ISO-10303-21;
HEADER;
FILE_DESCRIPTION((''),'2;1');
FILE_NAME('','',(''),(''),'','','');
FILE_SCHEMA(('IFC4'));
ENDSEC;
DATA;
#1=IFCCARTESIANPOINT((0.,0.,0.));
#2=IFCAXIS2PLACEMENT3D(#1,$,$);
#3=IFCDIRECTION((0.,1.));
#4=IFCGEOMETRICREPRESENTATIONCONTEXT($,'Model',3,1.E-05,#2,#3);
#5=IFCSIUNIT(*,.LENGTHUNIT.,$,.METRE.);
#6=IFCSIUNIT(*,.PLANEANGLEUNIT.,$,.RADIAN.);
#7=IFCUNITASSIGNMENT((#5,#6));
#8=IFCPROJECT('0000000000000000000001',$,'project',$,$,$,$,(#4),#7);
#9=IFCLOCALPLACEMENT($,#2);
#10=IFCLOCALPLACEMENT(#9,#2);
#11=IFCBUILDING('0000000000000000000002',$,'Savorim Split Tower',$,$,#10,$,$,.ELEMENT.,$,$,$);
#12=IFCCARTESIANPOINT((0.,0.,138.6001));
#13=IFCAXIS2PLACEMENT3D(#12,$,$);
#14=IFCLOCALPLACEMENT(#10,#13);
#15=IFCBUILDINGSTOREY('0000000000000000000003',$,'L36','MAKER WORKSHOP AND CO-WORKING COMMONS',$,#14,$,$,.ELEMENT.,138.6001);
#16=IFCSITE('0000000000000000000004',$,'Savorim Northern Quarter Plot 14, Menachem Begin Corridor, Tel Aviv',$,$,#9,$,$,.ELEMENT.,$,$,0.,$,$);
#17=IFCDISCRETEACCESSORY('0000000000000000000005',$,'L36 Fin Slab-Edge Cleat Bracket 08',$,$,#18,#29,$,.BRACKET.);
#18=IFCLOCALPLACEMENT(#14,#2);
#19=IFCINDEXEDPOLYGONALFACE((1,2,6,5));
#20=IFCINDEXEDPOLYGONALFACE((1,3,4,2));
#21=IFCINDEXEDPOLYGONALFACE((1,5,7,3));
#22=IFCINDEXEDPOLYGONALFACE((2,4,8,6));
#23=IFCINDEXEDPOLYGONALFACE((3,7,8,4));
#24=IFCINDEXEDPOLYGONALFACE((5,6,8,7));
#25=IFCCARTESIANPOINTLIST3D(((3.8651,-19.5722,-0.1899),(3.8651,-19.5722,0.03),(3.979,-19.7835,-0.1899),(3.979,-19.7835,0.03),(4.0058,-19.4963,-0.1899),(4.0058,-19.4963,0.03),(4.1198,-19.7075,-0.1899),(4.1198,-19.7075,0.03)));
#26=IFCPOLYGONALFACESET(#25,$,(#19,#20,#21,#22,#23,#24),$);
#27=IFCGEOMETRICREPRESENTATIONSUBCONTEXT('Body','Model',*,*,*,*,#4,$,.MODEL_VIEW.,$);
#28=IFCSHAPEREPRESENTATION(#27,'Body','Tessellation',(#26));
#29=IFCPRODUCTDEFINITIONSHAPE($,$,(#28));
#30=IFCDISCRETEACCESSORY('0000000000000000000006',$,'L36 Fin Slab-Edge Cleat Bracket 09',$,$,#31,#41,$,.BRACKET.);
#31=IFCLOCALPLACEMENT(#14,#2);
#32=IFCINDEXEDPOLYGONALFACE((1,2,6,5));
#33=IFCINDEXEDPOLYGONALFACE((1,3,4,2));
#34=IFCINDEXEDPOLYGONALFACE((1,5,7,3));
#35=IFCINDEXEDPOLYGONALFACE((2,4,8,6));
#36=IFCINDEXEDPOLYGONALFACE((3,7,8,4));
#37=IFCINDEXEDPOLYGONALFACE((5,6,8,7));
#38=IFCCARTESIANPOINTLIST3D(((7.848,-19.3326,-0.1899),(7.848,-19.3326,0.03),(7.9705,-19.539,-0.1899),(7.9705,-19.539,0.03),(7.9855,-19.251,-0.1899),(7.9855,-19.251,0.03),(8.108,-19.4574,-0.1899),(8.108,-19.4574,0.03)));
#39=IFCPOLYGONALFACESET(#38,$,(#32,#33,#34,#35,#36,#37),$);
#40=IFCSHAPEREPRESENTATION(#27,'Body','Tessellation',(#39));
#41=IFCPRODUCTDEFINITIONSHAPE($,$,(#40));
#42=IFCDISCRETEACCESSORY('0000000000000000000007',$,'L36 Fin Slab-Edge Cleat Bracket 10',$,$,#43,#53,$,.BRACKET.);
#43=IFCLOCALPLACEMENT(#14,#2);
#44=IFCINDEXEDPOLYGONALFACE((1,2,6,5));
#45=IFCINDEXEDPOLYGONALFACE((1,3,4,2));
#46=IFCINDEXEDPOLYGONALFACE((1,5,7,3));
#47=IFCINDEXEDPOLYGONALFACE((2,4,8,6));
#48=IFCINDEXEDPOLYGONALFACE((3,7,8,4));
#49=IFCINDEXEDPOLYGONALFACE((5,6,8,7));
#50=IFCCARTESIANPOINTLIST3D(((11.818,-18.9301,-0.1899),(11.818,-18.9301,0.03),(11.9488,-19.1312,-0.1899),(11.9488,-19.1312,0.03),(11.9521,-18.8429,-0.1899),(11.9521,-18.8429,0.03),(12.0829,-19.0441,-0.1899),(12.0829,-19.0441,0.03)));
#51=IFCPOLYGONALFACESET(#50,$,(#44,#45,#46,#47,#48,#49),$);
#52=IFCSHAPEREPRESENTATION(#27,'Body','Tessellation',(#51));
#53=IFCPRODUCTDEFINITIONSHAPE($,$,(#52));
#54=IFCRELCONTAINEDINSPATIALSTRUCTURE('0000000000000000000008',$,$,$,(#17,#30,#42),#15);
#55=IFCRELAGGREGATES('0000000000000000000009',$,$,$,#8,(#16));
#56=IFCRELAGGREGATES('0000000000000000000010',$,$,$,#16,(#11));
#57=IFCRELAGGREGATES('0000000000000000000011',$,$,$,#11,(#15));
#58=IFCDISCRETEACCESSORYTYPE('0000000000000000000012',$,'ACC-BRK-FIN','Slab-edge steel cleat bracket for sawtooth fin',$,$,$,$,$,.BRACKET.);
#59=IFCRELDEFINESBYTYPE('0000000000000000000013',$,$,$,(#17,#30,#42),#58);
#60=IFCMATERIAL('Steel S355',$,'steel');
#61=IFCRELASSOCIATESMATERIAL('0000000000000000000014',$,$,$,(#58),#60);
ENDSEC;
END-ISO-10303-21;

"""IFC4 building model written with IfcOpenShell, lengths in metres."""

from ifc_helpers import new_model, si_unit, direction, frame, origin, origin_2d, place, context, subcontext, project, spatial, rectangle, extrude, material, type_object, element, save


model = new_model("IFC4")

# Units and contexts
model_context = context("Model", 3, precision=1e-05, world=origin(), true_north=direction((0.0, 1.0)))
body_context = subcontext(model_context, "Body", "Model", "MODEL_VIEW")
ifc_project = project(units=[si_unit("LENGTHUNIT", "METRE"), si_unit("PLANEANGLEUNIT", "RADIAN")], contexts=[model_context])

# Site, building, storey
site_placement = place(None, origin())
site = spatial("IfcSite", under=ifc_project, at=site_placement, Name="Savorim Northern Quarter Plot 14, Menachem Begin Corridor, Tel Aviv", CompositionType="ELEMENT", RefElevation=0.0)
building_placement = place(site_placement, origin())
building = spatial("IfcBuilding", under=site, at=building_placement, Name="Savorim Split Tower", CompositionType="ELEMENT")
storey_placement = place(building_placement, frame((0.0, 0.0, 138.6001)))
storey = spatial("IfcBuildingStorey", under=building, at=storey_placement, Name="L36", Description="MAKER WORKSHOP AND CO-WORKING COMMONS", CompositionType="ELEMENT", Elevation=138.6001)

# Discrete accessories
ifc_material_1 = material(Name="Steel S355", Category="steel")
discrete_accessory_type = type_object("IfcDiscreteAccessoryType", Name="ACC-BRK-FIN", Description="Slab-edge steel cleat bracket for sawtooth fin", PredefinedType="BRACKET", material=ifc_material_1)
for number, where, z_axis, x_axis, name in (
    (1, (3.9924, -19.6399, -0.1899), (0.0, 0.0, 1.0), (0.474778, -0.880106, 0.0), "L36 Fin Slab-Edge Cleat Bracket 08"),
    (2, (7.978, -19.395, -0.1899), (0.0, 0.0, 1.0), (0.510391, -0.859942, 0.0), "L36 Fin Slab-Edge Cleat Bracket 09"),
    (3, (11.9504, -18.9871, -0.1899), (0.0, 0.0, 1.0), (0.545148, -0.83834, 0.0), "L36 Fin Slab-Edge Cleat Bracket 10"),
):
    element("IfcDiscreteAccessory", number, at=place(storey_placement, frame(where, z_axis=z_axis, x_axis=x_axis)), inside=storey, type_object=discrete_accessory_type, Name=name, PredefinedType="BRACKET", context=body_context, shape_type="SweptSolid", body=[
        extrude(rectangle(XDim=0.24, YDim=0.1599, at=origin_2d()), origin(), (0.0, 0.0, 1.0), 0.22),
    ])

save(model, "model.ifc")
